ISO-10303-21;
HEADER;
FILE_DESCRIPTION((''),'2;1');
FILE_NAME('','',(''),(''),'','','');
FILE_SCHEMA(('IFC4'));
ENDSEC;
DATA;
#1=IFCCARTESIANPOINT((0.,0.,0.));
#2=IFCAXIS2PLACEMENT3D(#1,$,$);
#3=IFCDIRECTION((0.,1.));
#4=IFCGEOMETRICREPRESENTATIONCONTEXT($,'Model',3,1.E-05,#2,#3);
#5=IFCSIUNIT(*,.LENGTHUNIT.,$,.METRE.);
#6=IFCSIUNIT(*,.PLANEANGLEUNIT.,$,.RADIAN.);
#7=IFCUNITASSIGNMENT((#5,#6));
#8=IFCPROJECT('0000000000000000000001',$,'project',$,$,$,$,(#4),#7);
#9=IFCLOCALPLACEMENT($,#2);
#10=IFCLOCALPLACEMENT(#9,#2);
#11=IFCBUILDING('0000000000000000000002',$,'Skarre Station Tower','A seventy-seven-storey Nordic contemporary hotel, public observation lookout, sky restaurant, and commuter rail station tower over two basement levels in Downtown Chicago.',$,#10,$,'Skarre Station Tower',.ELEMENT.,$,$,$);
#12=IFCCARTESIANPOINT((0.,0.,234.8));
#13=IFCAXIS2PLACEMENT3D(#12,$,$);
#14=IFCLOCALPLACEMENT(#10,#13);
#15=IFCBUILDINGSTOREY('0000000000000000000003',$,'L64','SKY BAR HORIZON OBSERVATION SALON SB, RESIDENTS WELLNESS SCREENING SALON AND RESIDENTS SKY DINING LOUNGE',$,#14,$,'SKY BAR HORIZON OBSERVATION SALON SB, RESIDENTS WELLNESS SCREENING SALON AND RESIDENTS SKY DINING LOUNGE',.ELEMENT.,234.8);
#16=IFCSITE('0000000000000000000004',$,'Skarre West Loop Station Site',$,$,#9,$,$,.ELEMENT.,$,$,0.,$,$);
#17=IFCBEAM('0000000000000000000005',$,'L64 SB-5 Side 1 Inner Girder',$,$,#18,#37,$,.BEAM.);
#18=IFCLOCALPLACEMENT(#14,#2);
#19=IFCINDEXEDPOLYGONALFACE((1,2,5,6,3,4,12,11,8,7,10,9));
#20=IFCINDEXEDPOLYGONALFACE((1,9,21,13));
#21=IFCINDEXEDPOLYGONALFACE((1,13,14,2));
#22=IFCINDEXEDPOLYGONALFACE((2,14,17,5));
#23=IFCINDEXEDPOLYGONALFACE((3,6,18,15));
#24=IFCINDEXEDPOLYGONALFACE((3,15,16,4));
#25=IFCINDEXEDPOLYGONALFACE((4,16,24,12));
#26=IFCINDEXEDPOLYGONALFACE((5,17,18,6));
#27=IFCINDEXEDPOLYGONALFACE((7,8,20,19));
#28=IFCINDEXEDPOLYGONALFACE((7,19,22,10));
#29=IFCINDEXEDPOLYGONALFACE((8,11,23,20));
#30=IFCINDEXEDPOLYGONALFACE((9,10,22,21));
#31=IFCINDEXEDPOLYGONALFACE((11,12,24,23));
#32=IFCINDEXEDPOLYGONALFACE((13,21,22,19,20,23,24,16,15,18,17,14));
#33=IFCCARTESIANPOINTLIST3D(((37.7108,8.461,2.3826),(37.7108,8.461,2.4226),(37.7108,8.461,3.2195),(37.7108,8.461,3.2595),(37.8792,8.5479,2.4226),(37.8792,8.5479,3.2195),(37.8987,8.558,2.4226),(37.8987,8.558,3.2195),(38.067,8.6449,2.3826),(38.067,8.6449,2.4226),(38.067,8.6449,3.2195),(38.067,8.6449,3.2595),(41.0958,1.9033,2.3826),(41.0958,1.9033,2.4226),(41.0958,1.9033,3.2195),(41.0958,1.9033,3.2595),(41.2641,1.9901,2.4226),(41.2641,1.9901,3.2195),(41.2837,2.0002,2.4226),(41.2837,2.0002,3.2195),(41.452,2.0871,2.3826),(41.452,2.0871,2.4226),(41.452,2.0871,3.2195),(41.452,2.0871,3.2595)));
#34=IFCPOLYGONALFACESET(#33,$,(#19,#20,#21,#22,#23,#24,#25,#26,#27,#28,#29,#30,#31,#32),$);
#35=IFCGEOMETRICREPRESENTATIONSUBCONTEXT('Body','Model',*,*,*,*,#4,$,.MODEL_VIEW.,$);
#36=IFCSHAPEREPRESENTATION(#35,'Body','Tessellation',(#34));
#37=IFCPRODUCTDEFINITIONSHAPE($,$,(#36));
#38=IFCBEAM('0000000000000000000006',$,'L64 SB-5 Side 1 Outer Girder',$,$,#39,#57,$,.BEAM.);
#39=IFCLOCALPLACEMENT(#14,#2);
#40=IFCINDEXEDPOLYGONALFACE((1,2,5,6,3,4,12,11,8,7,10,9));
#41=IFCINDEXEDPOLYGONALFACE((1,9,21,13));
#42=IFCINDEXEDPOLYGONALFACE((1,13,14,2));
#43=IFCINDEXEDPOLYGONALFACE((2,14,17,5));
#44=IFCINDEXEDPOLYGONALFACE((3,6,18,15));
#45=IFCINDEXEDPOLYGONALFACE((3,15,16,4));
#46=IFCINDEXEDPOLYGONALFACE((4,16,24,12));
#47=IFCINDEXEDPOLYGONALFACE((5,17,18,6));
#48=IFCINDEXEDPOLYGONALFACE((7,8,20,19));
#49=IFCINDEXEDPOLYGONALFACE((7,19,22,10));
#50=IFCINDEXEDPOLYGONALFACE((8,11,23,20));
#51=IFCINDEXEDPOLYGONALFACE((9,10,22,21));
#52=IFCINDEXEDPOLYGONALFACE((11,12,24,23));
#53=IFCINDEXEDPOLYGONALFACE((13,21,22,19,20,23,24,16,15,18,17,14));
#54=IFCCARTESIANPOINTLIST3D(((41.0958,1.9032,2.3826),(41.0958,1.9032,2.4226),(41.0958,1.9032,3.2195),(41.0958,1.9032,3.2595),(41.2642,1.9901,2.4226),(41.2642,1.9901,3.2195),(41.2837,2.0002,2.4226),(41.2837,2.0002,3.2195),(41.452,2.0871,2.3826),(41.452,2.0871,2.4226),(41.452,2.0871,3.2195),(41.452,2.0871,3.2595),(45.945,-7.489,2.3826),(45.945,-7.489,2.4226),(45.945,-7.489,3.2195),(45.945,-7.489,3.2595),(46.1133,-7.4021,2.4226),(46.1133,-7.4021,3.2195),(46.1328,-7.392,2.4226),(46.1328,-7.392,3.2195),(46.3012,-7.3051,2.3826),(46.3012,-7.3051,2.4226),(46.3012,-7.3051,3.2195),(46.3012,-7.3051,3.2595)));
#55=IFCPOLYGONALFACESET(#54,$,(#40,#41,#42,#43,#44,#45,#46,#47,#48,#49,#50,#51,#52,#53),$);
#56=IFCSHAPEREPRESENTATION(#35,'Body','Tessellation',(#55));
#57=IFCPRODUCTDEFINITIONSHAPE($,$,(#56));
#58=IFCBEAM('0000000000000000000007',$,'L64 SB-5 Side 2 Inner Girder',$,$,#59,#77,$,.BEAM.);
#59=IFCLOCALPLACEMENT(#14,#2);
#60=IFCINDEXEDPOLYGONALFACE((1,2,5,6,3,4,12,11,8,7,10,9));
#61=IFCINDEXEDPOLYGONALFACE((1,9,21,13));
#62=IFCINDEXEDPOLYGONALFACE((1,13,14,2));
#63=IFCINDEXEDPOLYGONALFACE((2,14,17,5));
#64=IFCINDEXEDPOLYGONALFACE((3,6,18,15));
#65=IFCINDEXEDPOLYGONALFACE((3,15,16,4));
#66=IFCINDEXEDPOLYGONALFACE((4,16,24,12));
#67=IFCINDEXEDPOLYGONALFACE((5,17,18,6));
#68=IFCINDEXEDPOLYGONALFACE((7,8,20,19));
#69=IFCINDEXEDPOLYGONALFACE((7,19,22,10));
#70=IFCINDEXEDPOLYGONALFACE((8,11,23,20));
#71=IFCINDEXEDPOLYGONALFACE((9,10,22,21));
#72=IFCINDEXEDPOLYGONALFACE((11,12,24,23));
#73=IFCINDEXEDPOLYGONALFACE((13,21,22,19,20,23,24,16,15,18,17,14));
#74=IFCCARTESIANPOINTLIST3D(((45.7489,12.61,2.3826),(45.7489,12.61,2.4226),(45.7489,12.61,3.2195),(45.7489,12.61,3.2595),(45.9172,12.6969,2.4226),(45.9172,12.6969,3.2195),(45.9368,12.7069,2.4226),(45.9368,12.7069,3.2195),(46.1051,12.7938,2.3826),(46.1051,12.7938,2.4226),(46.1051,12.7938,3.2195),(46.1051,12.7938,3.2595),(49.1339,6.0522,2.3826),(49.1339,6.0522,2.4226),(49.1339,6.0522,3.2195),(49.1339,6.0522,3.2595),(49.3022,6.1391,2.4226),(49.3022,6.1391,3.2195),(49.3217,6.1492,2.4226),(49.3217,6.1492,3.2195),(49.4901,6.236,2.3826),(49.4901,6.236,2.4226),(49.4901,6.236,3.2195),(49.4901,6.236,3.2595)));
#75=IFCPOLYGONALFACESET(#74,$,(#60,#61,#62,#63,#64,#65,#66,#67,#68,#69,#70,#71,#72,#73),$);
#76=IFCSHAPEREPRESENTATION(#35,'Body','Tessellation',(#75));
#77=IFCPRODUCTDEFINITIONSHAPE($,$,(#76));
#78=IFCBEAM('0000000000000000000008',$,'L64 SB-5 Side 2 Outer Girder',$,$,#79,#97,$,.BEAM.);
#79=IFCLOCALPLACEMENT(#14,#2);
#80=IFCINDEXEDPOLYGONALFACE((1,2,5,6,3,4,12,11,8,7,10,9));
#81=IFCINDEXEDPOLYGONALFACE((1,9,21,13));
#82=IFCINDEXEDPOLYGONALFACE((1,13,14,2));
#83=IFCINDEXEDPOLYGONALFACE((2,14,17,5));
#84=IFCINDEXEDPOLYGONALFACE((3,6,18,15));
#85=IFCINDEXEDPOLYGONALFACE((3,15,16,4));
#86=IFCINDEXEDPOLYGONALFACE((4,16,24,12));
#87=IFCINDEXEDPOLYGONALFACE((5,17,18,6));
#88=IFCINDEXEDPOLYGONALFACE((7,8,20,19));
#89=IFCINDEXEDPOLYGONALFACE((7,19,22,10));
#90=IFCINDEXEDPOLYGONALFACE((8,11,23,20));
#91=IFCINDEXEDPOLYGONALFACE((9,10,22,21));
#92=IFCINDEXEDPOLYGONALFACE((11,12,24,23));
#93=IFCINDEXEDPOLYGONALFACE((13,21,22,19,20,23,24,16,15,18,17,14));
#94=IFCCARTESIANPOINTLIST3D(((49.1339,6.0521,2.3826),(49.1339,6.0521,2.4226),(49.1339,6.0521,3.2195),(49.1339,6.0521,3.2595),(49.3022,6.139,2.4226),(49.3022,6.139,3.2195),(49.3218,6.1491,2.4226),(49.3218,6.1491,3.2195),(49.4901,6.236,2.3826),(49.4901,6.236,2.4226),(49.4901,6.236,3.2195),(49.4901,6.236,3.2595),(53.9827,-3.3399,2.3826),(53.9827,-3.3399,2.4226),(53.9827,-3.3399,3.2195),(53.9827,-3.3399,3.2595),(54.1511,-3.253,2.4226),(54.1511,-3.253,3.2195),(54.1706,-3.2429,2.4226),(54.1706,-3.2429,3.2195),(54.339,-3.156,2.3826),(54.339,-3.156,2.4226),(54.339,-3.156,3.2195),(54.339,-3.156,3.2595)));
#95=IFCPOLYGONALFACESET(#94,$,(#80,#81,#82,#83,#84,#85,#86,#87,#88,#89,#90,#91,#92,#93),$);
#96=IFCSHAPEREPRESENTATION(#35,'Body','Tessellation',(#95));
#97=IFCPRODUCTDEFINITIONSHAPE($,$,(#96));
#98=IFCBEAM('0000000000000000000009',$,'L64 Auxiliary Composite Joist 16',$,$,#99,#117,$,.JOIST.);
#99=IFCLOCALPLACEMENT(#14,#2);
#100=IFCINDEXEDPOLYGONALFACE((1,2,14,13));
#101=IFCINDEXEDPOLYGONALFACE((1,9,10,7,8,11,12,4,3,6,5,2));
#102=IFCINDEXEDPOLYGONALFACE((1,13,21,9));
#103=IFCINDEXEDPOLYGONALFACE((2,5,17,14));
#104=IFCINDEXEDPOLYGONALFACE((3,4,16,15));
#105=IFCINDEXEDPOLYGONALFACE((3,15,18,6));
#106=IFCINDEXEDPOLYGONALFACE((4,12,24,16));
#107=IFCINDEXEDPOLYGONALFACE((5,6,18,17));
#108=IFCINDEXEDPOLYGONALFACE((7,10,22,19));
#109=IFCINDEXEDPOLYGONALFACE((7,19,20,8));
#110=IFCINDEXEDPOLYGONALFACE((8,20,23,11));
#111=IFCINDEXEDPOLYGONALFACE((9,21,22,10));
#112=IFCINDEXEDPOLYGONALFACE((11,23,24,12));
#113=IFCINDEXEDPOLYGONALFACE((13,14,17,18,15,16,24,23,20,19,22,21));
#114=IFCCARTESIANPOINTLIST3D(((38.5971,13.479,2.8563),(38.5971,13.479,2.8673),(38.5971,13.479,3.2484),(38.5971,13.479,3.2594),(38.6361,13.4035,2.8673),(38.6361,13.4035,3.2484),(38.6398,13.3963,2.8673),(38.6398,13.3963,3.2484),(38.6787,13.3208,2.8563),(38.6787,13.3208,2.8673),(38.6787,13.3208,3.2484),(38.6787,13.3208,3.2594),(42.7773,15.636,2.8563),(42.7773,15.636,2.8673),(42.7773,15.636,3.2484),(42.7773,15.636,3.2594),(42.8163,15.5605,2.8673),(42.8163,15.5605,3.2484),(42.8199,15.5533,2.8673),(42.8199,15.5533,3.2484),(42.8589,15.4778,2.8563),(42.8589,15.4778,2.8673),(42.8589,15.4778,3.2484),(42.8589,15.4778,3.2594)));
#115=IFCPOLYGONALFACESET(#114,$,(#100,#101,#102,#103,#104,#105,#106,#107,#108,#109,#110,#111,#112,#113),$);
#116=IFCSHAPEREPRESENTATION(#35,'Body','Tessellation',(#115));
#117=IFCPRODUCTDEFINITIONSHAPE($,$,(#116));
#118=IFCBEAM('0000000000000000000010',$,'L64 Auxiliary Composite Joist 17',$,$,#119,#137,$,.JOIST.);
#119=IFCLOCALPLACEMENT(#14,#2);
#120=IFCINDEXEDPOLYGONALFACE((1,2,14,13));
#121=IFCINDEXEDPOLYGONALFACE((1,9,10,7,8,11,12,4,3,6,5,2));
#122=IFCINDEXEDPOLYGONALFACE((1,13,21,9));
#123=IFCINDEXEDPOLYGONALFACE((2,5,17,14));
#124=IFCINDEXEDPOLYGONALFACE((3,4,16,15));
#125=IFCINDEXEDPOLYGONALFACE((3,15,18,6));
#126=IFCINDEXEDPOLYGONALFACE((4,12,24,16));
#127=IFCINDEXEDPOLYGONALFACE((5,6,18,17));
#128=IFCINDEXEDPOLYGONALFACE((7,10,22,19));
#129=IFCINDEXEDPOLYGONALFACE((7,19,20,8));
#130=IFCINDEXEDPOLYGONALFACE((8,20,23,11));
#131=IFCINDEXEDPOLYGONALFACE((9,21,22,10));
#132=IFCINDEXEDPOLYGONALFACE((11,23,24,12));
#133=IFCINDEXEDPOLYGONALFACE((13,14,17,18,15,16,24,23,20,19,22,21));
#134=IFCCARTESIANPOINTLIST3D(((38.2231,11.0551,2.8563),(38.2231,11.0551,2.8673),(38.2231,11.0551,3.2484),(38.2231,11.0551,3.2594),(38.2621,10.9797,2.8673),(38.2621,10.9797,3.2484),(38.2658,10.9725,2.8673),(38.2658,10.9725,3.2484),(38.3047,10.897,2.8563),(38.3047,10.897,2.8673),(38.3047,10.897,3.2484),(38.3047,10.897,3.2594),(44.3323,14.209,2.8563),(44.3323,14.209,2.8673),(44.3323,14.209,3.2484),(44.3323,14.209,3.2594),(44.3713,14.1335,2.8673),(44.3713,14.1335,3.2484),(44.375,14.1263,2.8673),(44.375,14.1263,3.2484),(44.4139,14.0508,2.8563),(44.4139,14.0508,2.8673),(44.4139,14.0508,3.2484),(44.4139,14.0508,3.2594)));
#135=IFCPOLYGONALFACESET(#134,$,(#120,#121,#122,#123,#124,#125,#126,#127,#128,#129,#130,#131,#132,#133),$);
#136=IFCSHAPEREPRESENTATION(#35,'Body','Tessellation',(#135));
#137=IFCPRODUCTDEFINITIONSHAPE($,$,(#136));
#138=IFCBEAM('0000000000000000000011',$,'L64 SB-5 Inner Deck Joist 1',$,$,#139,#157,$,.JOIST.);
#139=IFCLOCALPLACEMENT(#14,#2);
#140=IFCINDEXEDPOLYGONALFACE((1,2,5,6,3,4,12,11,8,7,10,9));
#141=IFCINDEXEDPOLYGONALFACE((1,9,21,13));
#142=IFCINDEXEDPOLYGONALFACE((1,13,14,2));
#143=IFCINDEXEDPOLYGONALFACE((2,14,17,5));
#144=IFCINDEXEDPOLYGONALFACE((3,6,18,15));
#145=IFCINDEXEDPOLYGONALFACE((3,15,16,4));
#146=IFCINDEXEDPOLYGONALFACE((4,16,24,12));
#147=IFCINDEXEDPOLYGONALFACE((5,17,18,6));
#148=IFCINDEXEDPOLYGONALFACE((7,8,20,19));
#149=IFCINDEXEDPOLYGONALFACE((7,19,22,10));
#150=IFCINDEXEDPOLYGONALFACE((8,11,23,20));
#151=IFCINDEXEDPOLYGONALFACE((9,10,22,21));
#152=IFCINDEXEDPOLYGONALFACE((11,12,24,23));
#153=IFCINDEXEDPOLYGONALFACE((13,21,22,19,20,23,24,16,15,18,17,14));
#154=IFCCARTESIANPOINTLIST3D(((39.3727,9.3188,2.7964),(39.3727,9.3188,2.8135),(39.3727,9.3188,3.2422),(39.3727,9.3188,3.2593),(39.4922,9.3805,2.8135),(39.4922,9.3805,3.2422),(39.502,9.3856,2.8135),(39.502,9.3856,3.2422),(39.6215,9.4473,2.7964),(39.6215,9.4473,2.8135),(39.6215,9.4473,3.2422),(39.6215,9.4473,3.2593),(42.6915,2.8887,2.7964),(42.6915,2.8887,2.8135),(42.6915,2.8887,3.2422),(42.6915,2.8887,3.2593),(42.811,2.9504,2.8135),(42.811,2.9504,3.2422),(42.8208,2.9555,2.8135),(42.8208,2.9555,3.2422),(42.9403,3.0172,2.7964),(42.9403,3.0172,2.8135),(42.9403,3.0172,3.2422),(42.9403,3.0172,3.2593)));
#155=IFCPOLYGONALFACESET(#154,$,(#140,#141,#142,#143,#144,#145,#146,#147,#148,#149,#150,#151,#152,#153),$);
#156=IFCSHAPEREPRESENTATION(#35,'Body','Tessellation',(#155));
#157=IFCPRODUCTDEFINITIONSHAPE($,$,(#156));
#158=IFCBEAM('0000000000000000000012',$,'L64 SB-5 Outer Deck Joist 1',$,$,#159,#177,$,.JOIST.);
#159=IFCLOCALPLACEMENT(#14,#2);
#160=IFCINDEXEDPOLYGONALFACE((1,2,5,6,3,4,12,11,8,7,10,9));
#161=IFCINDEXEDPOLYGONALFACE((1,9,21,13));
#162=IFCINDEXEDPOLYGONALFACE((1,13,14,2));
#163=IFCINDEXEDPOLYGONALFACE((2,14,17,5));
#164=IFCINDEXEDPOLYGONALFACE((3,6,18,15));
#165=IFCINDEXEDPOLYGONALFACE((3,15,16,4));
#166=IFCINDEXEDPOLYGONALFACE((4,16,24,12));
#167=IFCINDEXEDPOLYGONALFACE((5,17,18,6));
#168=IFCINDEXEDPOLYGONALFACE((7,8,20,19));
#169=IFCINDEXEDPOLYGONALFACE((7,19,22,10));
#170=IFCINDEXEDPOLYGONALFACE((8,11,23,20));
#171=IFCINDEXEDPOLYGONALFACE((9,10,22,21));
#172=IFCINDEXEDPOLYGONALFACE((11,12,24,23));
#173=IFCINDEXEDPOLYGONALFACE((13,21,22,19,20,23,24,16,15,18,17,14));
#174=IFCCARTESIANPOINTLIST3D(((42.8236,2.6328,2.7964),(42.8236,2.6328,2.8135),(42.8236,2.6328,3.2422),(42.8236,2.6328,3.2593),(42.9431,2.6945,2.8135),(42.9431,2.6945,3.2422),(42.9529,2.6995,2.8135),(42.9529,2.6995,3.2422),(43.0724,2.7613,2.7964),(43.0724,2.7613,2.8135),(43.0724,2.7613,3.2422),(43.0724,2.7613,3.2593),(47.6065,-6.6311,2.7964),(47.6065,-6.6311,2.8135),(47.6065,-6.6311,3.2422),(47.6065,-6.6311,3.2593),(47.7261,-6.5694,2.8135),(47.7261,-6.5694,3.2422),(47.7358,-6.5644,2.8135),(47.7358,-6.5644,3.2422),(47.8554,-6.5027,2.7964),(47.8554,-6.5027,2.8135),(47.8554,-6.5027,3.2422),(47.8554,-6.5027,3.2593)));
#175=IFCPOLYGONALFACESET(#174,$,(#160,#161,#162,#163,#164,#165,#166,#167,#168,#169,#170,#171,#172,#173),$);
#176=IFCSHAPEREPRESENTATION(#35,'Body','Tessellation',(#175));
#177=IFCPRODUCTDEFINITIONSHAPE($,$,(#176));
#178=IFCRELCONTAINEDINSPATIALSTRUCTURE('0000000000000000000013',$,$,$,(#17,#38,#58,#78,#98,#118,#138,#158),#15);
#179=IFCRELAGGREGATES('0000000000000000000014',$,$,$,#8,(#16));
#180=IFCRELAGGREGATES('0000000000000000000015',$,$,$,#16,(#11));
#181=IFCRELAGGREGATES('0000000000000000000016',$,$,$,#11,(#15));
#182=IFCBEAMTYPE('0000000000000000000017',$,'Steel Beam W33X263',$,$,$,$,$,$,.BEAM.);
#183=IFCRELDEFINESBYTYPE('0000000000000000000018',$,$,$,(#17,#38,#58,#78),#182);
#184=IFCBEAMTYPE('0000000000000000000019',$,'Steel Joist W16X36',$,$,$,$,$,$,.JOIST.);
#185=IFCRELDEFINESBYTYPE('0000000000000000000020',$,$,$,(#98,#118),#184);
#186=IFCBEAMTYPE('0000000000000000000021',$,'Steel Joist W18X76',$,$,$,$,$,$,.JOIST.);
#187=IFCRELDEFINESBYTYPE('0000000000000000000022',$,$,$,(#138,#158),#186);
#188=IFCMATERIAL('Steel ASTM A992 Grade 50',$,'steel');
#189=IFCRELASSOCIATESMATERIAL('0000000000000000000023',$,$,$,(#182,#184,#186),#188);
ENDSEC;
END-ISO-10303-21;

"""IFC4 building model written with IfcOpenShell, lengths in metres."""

from ifc_helpers import new_model, si_unit, direction, frame, origin, origin_2d, place, context, subcontext, project, spatial, i_section, extrude, material, material_profile, profile_set, type_object, element, save


model = new_model("IFC4")

# Units and contexts
model_context = context("Model", 3, precision=1e-05, world=origin(), true_north=direction((0.0, 1.0)))
body_context = subcontext(model_context, "Body", "Model", "MODEL_VIEW")
ifc_project = project(units=[si_unit("LENGTHUNIT", "METRE"), si_unit("PLANEANGLEUNIT", "RADIAN")], contexts=[model_context])

# Site, building, storey
site_placement = place(None, origin())
site = spatial("IfcSite", under=ifc_project, at=site_placement, Name="Skarre West Loop Station Site", CompositionType="ELEMENT", RefElevation=0.0)
building_placement = place(site_placement, origin())
building = spatial("IfcBuilding", under=site, at=building_placement, Name="Skarre Station Tower", Description="A seventy-seven-storey Nordic contemporary hotel, public observation lookout, sky restaurant, and commuter rail station tower over two basement levels in Downtown Chicago.", LongName="Skarre Station Tower", CompositionType="ELEMENT")
storey_placement = place(building_placement, frame((0.0, 0.0, 234.8)))
storey = spatial("IfcBuildingStorey", under=building, at=storey_placement, Name="L64", Description="SKY BAR HORIZON OBSERVATION SALON SB, RESIDENTS WELLNESS SCREENING SALON AND RESIDENTS SKY DINING LOUNGE", LongName="SKY BAR HORIZON OBSERVATION SALON SB, RESIDENTS WELLNESS SCREENING SALON AND RESIDENTS SKY DINING LOUNGE", CompositionType="ELEMENT", Elevation=234.8)

# Beams
ifc_material_1 = material(Name="Steel ASTM A992 Grade 50", Category="steel")
ifc_material_profile_1 = material_profile(ifc_material_1, i_section(OverallWidth=0.4009, OverallDepth=0.877, WebThickness=0.022, FlangeThickness=0.04, at=origin_2d()), Name="Steel ASTM A992 Grade 50")
ifc_profile_set_1 = profile_set([ifc_material_profile_1], Name="Steel ASTM A992 Grade 50")
beam_type_1 = type_object("IfcBeamType", Name="Steel Beam W33X263", PredefinedType="BEAM", material=ifc_profile_set_1)
beam_1_placement = place(storey_placement, frame((37.8889, 8.553, 2.821), z_axis=(0.458676, -0.888604, 0.0), x_axis=(0.888604, 0.458676, 0.0)))
element("IfcBeam", 1, at=beam_1_placement, inside=storey, type_object=beam_type_1, Name="L64 SB-5 Side 1 Inner Girder", PredefinedType="BEAM", context=body_context, shape_type="SweptSolid", body=[
    extrude(i_section(OverallWidth=0.4009, OverallDepth=0.877, WebThickness=0.022, FlangeThickness=0.04, at=origin_2d()), origin(), (0.0, 0.0, 1.0), 7.3799),
])
beam_2_placement = place(storey_placement, frame((41.2739, 1.9951, 2.821), z_axis=(0.458762, -0.888559, 0.0), x_axis=(0.888559, 0.458762, 0.0)))
element("IfcBeam", 2, at=beam_2_placement, inside=storey, type_object=beam_type_1, Name="L64 SB-5 Side 1 Outer Girder", PredefinedType="BEAM", context=body_context, shape_type="SweptSolid", body=[
    extrude(i_section(OverallWidth=0.4009, OverallDepth=0.877, WebThickness=0.022, FlangeThickness=0.04, at=origin_2d()), origin(), (0.0, 0.0, 1.0), 10.5701),
])
beam_3_placement = place(storey_placement, frame((45.927, 12.7019, 2.821), z_axis=(0.458676, -0.888604, 0.0), x_axis=(0.888604, 0.458676, 0.0)))
element("IfcBeam", 3, at=beam_3_placement, inside=storey, type_object=beam_type_1, Name="L64 SB-5 Side 2 Inner Girder", PredefinedType="BEAM", context=body_context, shape_type="SweptSolid", body=[
    extrude(i_section(OverallWidth=0.4009, OverallDepth=0.877, WebThickness=0.022, FlangeThickness=0.04, at=origin_2d()), origin(), (0.0, 0.0, 1.0), 7.3799),
])
beam_4_placement = place(storey_placement, frame((49.312, 6.144, 2.821), z_axis=(0.458744, -0.888569, 0.0), x_axis=(0.888569, 0.458744, 0.0)))
element("IfcBeam", 4, at=beam_4_placement, inside=storey, type_object=beam_type_1, Name="L64 SB-5 Side 2 Outer Girder", PredefinedType="BEAM", context=body_context, shape_type="SweptSolid", body=[
    extrude(i_section(OverallWidth=0.4009, OverallDepth=0.877, WebThickness=0.022, FlangeThickness=0.04, at=origin_2d()), origin(), (0.0, 0.0, 1.0), 10.5698),
])
ifc_material_profile_2 = material_profile(ifc_material_1, i_section(OverallWidth=0.178, OverallDepth=0.4031, WebThickness=0.0081, FlangeThickness=0.011, at=origin_2d()), Name="Steel ASTM A992 Grade 50")
ifc_profile_set_2 = profile_set([ifc_material_profile_2], Name="Steel ASTM A992 Grade 50")
beam_type_2 = type_object("IfcBeamType", Name="Steel Joist W16X36", PredefinedType="JOIST", material=ifc_profile_set_2)
beam_5_placement = place(storey_placement, frame((38.6379, 13.3999, 3.0579), z_axis=(0.888666, 0.458554, 0.0), x_axis=(-0.458554, 0.888666, 0.0)))
element("IfcBeam", 5, at=beam_5_placement, inside=storey, type_object=beam_type_2, Name="L64 Auxiliary Composite Joist 16", PredefinedType="JOIST", context=body_context, shape_type="SweptSolid", body=[
    extrude(i_section(OverallWidth=0.178, OverallDepth=0.4031, WebThickness=0.0081, FlangeThickness=0.011, at=origin_2d()), origin(), (0.0, 0.0, 1.0), 4.7039),
])
beam_6_placement = place(storey_placement, frame((38.2639, 10.9761, 3.0579), z_axis=(0.888579, 0.458724, 0.0), x_axis=(-0.458724, 0.888579, 0.0)))
element("IfcBeam", 6, at=beam_6_placement, inside=storey, type_object=beam_type_2, Name="L64 Auxiliary Composite Joist 17", PredefinedType="JOIST", context=body_context, shape_type="SweptSolid", body=[
    extrude(i_section(OverallWidth=0.178, OverallDepth=0.4031, WebThickness=0.0081, FlangeThickness=0.011, at=origin_2d()), origin(), (0.0, 0.0, 1.0), 6.8752),
])
ifc_material_profile_3 = material_profile(ifc_material_1, i_section(OverallWidth=0.28, OverallDepth=0.4629, WebThickness=0.011, FlangeThickness=0.0171, at=origin_2d()), Name="Steel ASTM A992 Grade 50")
ifc_profile_set_3 = profile_set([ifc_material_profile_3], Name="Steel ASTM A992 Grade 50")
beam_type_3 = type_object("IfcBeamType", Name="Steel Joist W18X76", PredefinedType="JOIST", material=ifc_profile_set_3)
beam_7_placement = place(storey_placement, frame((39.4971, 9.3831, 3.0278), z_axis=(0.458648, -0.888618, 0.0), x_axis=(0.888618, 0.458648, 0.0)))
element("IfcBeam", 7, at=beam_7_placement, inside=storey, type_object=beam_type_3, Name="L64 SB-5 Inner Deck Joist 1", PredefinedType="JOIST", context=body_context, shape_type="SweptSolid", body=[
    extrude(i_section(OverallWidth=0.28, OverallDepth=0.4629, WebThickness=0.011, FlangeThickness=0.0171, at=origin_2d()), origin(), (0.0, 0.0, 1.0), 7.2361),
])
beam_8_placement = place(storey_placement, frame((42.948, 2.697, 3.0278), z_axis=(0.458763, -0.888559, 0.0), x_axis=(0.888559, 0.458763, 0.0)))
element("IfcBeam", 8, at=beam_8_placement, inside=storey, type_object=beam_type_3, Name="L64 SB-5 Outer Deck Joist 1", PredefinedType="JOIST", context=body_context, shape_type="SweptSolid", body=[
    extrude(i_section(OverallWidth=0.28, OverallDepth=0.4629, WebThickness=0.011, FlangeThickness=0.0171, at=origin_2d()), origin(), (0.0, 0.0, 1.0), 10.4258),
])

save(model, "model.ifc")
